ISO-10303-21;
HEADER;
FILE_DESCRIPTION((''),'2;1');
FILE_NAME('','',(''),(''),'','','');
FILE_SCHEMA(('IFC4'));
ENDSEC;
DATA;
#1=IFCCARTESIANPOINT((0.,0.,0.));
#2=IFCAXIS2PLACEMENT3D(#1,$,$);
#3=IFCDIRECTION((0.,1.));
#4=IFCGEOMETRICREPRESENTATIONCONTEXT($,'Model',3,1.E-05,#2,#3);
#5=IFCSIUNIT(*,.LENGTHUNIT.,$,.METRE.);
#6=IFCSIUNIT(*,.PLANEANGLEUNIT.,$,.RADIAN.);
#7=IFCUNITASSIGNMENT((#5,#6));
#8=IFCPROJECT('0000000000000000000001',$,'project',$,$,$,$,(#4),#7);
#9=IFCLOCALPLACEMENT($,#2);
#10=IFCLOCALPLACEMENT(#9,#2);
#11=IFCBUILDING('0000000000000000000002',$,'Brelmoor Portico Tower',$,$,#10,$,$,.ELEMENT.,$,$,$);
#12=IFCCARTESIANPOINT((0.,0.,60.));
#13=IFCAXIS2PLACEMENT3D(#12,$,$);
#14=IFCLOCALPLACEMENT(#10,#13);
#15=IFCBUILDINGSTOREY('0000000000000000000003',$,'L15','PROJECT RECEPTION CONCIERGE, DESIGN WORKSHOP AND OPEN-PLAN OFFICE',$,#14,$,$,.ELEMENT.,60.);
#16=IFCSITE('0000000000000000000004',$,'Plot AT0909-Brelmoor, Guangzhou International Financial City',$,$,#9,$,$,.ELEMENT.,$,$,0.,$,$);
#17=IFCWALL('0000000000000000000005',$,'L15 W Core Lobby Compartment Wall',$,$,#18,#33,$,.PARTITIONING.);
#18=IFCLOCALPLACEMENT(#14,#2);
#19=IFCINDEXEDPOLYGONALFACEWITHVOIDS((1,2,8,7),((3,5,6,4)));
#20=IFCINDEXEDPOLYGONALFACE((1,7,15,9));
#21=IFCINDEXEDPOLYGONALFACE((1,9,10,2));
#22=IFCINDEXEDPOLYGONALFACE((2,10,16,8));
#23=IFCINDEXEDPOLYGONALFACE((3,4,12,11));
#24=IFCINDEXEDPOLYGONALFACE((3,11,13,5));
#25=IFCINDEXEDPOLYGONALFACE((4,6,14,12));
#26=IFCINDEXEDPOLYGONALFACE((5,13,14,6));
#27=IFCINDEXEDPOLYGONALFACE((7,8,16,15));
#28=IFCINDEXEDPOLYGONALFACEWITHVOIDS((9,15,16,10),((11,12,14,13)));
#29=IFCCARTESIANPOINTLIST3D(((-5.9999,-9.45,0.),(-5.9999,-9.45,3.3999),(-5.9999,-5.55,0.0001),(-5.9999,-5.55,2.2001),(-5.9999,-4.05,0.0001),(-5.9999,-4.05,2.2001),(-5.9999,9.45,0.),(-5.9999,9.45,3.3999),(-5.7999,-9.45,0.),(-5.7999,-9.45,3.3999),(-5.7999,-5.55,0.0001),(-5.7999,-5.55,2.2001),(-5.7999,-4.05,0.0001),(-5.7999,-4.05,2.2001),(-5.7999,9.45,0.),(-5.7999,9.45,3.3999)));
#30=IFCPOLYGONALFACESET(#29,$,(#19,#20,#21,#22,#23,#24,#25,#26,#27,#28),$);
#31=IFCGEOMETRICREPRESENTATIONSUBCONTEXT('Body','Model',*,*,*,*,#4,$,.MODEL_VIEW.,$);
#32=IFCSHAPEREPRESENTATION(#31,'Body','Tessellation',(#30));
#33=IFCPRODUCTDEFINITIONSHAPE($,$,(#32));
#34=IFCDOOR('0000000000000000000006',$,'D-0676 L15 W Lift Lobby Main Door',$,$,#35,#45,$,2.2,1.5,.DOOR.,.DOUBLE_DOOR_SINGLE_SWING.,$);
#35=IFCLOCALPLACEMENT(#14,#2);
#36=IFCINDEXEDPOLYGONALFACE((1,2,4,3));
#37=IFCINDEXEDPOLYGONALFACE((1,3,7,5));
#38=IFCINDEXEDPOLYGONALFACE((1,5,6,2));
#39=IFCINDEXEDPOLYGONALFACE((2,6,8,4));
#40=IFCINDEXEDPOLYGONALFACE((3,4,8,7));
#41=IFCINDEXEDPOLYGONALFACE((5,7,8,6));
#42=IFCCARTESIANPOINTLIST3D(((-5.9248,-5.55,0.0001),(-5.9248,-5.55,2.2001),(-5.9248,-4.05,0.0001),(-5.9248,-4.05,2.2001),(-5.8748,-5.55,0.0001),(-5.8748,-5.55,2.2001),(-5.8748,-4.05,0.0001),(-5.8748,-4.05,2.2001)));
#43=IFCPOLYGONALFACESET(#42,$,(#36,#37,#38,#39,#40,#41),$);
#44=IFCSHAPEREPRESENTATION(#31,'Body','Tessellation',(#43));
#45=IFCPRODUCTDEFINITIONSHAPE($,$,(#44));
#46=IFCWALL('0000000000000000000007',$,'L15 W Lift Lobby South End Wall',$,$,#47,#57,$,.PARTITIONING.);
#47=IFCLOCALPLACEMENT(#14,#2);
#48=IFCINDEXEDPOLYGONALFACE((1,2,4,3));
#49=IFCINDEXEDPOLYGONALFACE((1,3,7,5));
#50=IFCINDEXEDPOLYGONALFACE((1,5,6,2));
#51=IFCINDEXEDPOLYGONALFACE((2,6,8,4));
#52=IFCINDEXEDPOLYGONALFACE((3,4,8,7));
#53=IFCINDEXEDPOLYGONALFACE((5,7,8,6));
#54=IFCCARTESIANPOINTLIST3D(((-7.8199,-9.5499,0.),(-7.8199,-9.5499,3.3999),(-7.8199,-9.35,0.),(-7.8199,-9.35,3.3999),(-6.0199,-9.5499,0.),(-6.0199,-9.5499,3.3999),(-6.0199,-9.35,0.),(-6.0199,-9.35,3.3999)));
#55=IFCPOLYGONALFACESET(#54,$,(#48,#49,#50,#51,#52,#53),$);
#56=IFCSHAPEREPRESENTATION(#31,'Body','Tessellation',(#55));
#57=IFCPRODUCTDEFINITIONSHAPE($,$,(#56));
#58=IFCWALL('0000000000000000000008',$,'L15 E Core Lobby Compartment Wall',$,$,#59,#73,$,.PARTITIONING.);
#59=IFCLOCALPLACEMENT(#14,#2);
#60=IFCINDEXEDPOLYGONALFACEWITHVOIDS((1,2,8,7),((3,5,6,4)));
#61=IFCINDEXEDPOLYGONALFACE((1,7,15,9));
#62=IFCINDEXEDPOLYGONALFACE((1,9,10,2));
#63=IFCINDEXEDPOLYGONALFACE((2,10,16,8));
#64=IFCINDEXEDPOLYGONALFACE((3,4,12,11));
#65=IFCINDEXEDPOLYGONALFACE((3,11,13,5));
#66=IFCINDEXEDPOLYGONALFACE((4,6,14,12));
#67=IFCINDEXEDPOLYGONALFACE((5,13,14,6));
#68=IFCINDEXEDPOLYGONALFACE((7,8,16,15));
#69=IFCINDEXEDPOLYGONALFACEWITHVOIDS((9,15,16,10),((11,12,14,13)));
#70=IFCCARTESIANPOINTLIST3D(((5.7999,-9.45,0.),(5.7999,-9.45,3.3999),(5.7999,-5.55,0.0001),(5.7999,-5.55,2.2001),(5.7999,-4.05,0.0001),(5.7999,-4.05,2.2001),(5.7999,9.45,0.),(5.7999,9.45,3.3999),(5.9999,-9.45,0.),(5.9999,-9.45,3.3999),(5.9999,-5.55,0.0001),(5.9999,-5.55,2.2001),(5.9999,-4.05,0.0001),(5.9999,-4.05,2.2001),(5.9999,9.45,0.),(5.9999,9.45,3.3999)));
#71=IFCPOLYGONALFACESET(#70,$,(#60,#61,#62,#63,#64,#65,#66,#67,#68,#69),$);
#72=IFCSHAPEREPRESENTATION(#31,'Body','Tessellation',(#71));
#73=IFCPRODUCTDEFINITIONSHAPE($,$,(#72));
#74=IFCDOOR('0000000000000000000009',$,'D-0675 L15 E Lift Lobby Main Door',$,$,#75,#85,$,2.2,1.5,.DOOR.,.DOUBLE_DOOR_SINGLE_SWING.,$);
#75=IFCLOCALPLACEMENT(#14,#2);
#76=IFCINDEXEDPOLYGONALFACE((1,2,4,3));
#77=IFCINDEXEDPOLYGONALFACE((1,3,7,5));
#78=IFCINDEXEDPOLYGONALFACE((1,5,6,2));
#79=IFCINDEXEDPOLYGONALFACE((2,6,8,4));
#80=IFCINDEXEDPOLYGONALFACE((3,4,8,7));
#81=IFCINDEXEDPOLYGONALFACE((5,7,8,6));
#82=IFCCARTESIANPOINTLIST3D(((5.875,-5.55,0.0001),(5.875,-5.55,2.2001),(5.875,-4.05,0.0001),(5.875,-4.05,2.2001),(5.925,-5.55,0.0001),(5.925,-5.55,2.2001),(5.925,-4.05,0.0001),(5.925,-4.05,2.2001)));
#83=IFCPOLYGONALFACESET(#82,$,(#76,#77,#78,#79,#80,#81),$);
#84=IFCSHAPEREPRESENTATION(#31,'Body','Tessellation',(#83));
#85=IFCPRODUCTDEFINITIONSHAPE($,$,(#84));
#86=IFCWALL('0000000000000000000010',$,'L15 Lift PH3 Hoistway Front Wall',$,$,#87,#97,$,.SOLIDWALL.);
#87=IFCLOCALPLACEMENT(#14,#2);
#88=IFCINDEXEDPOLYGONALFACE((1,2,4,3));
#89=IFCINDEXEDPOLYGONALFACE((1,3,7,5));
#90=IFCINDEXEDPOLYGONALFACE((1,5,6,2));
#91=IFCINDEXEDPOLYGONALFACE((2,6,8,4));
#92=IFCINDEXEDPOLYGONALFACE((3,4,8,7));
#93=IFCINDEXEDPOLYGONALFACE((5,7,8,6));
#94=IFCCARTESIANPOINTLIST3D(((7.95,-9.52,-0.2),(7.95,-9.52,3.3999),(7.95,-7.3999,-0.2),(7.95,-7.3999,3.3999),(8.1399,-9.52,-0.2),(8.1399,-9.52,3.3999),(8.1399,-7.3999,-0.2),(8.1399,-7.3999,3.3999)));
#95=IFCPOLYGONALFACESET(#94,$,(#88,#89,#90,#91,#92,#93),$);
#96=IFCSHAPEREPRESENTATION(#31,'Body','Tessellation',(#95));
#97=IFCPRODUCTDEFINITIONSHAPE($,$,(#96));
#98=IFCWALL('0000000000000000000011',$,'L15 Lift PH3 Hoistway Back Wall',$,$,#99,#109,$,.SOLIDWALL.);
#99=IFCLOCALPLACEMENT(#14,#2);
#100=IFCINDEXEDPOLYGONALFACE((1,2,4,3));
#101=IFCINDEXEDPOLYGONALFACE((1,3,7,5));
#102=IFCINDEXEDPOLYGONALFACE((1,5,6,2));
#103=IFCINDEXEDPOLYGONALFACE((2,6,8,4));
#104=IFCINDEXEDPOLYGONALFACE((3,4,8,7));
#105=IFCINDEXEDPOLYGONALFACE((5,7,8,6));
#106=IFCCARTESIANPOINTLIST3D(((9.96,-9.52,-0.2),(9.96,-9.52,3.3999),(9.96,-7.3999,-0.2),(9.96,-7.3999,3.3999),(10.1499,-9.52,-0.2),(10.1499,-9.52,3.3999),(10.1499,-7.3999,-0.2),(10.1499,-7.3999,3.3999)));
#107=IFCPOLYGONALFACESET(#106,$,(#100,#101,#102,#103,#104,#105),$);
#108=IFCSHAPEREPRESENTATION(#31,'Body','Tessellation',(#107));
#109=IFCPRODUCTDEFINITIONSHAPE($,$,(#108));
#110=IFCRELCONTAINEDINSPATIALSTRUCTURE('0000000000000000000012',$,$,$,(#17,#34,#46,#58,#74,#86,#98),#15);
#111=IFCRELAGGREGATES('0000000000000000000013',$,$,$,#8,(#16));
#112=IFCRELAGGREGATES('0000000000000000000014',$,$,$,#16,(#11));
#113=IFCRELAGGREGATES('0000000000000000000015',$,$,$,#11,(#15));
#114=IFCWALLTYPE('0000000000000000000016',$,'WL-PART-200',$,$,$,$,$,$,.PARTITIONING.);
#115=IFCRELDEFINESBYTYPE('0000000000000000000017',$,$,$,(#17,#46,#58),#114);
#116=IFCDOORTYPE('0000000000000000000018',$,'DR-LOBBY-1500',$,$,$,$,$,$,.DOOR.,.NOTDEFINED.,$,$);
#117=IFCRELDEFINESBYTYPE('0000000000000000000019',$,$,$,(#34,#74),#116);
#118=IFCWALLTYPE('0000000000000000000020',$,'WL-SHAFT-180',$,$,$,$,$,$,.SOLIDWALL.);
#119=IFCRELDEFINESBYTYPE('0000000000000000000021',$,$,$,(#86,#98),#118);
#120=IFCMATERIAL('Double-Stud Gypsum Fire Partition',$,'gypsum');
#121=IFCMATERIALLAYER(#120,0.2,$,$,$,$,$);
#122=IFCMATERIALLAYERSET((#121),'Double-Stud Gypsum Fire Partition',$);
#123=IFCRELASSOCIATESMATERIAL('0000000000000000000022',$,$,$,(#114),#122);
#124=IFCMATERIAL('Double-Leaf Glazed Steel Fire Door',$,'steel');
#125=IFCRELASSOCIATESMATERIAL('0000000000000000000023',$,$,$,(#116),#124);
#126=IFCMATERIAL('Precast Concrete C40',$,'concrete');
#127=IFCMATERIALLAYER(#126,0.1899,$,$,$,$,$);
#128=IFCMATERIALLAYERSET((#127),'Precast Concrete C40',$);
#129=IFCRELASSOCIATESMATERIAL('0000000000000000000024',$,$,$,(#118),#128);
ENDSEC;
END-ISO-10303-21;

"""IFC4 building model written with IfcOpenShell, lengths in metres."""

from ifc_helpers import new_model, si_unit, direction, frame, frame_2d, origin, place, context, subcontext, project, spatial, rectangle, extrude, material, layer, layer_set, type_object, element, fill, save


model = new_model("IFC4")

# Units and contexts
model_context = context("Model", 3, precision=1e-05, world=origin(), true_north=direction((0.0, 1.0)))
body_context = subcontext(model_context, "Body", "Model", "MODEL_VIEW")
ifc_project = project(units=[si_unit("LENGTHUNIT", "METRE"), si_unit("PLANEANGLEUNIT", "RADIAN")], contexts=[model_context])

# Site, building, storey
site_placement = place(None, origin())
site = spatial("IfcSite", under=ifc_project, at=site_placement, Name="Plot AT0909-Brelmoor, Guangzhou International Financial City", CompositionType="ELEMENT", RefElevation=0.0)
building_placement = place(site_placement, origin())
building = spatial("IfcBuilding", under=site, at=building_placement, Name="Brelmoor Portico Tower", CompositionType="ELEMENT")
storey_placement = place(building_placement, frame((0.0, 0.0, 60.0)))
storey = spatial("IfcBuildingStorey", under=building, at=storey_placement, Name="L15", Description="PROJECT RECEPTION CONCIERGE, DESIGN WORKSHOP AND OPEN-PLAN OFFICE", CompositionType="ELEMENT", Elevation=60.0)

# Wall, opening, door
ifc_material_1 = material(Name="Double-Stud Gypsum Fire Partition", Category="gypsum")
ifc_layer_1 = layer(ifc_material_1, 0.2)
ifc_layer_set_1 = layer_set([ifc_layer_1], Name="Double-Stud Gypsum Fire Partition")
wall_type_1 = type_object("IfcWallType", Name="WL-PART-200", PredefinedType="PARTITIONING", material=ifc_layer_set_1)
wall_1_placement = place(storey_placement, frame((-5.8999, -9.45, 0.0), z_axis=(0.0, 0.0, 1.0), x_axis=(0.0, 1.0, 0.0)))
wall_1 = element("IfcWall", 1, at=wall_1_placement, inside=storey, type_object=wall_type_1, Name="L15 W Core Lobby Compartment Wall", PredefinedType="PARTITIONING", context=body_context, shape_type="SweptSolid", body=[
    extrude(rectangle(XDim=18.8999, YDim=0.2, at=frame_2d((9.45, 0.0))), origin(), (0.0, 0.0, 1.0), 3.3999),
])
opening_1_placement = place(wall_1_placement, frame((3.8999, 0.0, 0.0)))
opening_1 = element("IfcOpeningElement", 2, at=opening_1_placement, cuts=wall_1, PredefinedType="OPENING", context=body_context, shape_type="SweptSolid", body=[
    extrude(rectangle(XDim=1.5, YDim=2.2, at=frame_2d((0.75, 1.1001))), frame((0.0, 0.1099, 0.0), z_axis=(0.0, -1.0, 0.0), x_axis=(1.0, 0.0, 0.0)), (0.0, 0.0, 1.0), 0.22),
])
ifc_material_2 = material(Name="Double-Leaf Glazed Steel Fire Door", Category="steel")
door_type_1 = type_object("IfcDoorType", Name="DR-LOBBY-1500", OperationType="NOTDEFINED", PredefinedType="DOOR", material=ifc_material_2)
door_1_placement = place(opening_1_placement, origin())
door_1 = element("IfcDoor", 3, at=door_1_placement, inside=storey, type_object=door_type_1, Name="D-0676 L15 W Lift Lobby Main Door", OperationType="DOUBLE_DOOR_SINGLE_SWING", OverallHeight=2.2, OverallWidth=1.5, PredefinedType="DOOR", context=body_context, shape_type="SweptSolid", body=[
    extrude(rectangle(XDim=1.5, YDim=2.2, at=frame_2d((0.75, 1.1001))), frame((0.0, 0.0249, 0.0), z_axis=(0.0, -1.0, 0.0), x_axis=(1.0, 0.0, 0.0)), (0.0, 0.0, 1.0), 0.05),
])
fill(opening_1, door_1)

# Wall
wall_2_placement = place(storey_placement, frame((-6.02, -9.45, 0.0), z_axis=(0.0, 0.0, 1.0), x_axis=(-1.0, 0.0, 0.0)))
element("IfcWall", 4, at=wall_2_placement, inside=storey, type_object=wall_type_1, Name="L15 W Lift Lobby South End Wall", PredefinedType="PARTITIONING", context=body_context, shape_type="SweptSolid", body=[
    extrude(rectangle(XDim=1.8, YDim=0.2, at=frame_2d((0.8999, 0.0))), origin(), (0.0, 0.0, 1.0), 3.3999),
])

# Wall, opening, door
wall_3_placement = place(storey_placement, frame((5.8999, -9.45, 0.0), z_axis=(0.0, 0.0, 1.0), x_axis=(0.0, 1.0, 0.0)))
wall_3 = element("IfcWall", 5, at=wall_3_placement, inside=storey, type_object=wall_type_1, Name="L15 E Core Lobby Compartment Wall", PredefinedType="PARTITIONING", context=body_context, shape_type="SweptSolid", body=[
    extrude(rectangle(XDim=18.8999, YDim=0.2, at=frame_2d((9.45, 0.0))), origin(), (0.0, 0.0, 1.0), 3.3999),
])
opening_2_placement = place(wall_3_placement, frame((3.8999, 0.0, 0.0)))
opening_2 = element("IfcOpeningElement", 6, at=opening_2_placement, cuts=wall_3, PredefinedType="OPENING", context=body_context, shape_type="SweptSolid", body=[
    extrude(rectangle(XDim=1.5, YDim=2.2, at=frame_2d((0.75, 1.1001))), frame((0.0, 0.1099, 0.0), z_axis=(0.0, -1.0, 0.0), x_axis=(1.0, 0.0, 0.0)), (0.0, 0.0, 1.0), 0.22),
])
door_2_placement = place(opening_2_placement, origin())
door_2 = element("IfcDoor", 7, at=door_2_placement, inside=storey, type_object=door_type_1, Name="D-0675 L15 E Lift Lobby Main Door", OperationType="DOUBLE_DOOR_SINGLE_SWING", OverallHeight=2.2, OverallWidth=1.5, PredefinedType="DOOR", context=body_context, shape_type="SweptSolid", body=[
    extrude(rectangle(XDim=1.5, YDim=2.2, at=frame_2d((0.75, 1.1001))), frame((0.0, 0.0249, 0.0), z_axis=(0.0, -1.0, 0.0), x_axis=(1.0, 0.0, 0.0)), (0.0, 0.0, 1.0), 0.05),
])
fill(opening_2, door_2)

# Walls
ifc_material_3 = material(Name="Precast Concrete C40", Category="concrete")
ifc_layer_2 = layer(ifc_material_3, 0.1899)
ifc_layer_set_2 = layer_set([ifc_layer_2], Name="Precast Concrete C40")
wall_type_2 = type_object("IfcWallType", Name="WL-SHAFT-180", PredefinedType="SOLIDWALL", material=ifc_layer_set_2)
for number, where, z_axis, x_axis, name in (
    (8, (8.0449, -9.52, -0.2), (0.0, 0.0, 1.0), (0.0, 1.0, 0.0), "L15 Lift PH3 Hoistway Front Wall"),
    (9, (10.0549, -9.52, -0.2), (0.0, 0.0, 1.0), (0.0, 1.0, 0.0), "L15 Lift PH3 Hoistway Back Wall"),
):
    element("IfcWall", number, at=place(storey_placement, frame(where, z_axis=z_axis, x_axis=x_axis)), inside=storey, type_object=wall_type_2, Name=name, PredefinedType="SOLIDWALL", context=body_context, shape_type="SweptSolid", body=[
        extrude(rectangle(XDim=2.1201, YDim=0.1899, at=frame_2d((1.0601, 0.0))), origin(), (0.0, 0.0, 1.0), 3.5999),
    ])

save(model, "model.ifc")
